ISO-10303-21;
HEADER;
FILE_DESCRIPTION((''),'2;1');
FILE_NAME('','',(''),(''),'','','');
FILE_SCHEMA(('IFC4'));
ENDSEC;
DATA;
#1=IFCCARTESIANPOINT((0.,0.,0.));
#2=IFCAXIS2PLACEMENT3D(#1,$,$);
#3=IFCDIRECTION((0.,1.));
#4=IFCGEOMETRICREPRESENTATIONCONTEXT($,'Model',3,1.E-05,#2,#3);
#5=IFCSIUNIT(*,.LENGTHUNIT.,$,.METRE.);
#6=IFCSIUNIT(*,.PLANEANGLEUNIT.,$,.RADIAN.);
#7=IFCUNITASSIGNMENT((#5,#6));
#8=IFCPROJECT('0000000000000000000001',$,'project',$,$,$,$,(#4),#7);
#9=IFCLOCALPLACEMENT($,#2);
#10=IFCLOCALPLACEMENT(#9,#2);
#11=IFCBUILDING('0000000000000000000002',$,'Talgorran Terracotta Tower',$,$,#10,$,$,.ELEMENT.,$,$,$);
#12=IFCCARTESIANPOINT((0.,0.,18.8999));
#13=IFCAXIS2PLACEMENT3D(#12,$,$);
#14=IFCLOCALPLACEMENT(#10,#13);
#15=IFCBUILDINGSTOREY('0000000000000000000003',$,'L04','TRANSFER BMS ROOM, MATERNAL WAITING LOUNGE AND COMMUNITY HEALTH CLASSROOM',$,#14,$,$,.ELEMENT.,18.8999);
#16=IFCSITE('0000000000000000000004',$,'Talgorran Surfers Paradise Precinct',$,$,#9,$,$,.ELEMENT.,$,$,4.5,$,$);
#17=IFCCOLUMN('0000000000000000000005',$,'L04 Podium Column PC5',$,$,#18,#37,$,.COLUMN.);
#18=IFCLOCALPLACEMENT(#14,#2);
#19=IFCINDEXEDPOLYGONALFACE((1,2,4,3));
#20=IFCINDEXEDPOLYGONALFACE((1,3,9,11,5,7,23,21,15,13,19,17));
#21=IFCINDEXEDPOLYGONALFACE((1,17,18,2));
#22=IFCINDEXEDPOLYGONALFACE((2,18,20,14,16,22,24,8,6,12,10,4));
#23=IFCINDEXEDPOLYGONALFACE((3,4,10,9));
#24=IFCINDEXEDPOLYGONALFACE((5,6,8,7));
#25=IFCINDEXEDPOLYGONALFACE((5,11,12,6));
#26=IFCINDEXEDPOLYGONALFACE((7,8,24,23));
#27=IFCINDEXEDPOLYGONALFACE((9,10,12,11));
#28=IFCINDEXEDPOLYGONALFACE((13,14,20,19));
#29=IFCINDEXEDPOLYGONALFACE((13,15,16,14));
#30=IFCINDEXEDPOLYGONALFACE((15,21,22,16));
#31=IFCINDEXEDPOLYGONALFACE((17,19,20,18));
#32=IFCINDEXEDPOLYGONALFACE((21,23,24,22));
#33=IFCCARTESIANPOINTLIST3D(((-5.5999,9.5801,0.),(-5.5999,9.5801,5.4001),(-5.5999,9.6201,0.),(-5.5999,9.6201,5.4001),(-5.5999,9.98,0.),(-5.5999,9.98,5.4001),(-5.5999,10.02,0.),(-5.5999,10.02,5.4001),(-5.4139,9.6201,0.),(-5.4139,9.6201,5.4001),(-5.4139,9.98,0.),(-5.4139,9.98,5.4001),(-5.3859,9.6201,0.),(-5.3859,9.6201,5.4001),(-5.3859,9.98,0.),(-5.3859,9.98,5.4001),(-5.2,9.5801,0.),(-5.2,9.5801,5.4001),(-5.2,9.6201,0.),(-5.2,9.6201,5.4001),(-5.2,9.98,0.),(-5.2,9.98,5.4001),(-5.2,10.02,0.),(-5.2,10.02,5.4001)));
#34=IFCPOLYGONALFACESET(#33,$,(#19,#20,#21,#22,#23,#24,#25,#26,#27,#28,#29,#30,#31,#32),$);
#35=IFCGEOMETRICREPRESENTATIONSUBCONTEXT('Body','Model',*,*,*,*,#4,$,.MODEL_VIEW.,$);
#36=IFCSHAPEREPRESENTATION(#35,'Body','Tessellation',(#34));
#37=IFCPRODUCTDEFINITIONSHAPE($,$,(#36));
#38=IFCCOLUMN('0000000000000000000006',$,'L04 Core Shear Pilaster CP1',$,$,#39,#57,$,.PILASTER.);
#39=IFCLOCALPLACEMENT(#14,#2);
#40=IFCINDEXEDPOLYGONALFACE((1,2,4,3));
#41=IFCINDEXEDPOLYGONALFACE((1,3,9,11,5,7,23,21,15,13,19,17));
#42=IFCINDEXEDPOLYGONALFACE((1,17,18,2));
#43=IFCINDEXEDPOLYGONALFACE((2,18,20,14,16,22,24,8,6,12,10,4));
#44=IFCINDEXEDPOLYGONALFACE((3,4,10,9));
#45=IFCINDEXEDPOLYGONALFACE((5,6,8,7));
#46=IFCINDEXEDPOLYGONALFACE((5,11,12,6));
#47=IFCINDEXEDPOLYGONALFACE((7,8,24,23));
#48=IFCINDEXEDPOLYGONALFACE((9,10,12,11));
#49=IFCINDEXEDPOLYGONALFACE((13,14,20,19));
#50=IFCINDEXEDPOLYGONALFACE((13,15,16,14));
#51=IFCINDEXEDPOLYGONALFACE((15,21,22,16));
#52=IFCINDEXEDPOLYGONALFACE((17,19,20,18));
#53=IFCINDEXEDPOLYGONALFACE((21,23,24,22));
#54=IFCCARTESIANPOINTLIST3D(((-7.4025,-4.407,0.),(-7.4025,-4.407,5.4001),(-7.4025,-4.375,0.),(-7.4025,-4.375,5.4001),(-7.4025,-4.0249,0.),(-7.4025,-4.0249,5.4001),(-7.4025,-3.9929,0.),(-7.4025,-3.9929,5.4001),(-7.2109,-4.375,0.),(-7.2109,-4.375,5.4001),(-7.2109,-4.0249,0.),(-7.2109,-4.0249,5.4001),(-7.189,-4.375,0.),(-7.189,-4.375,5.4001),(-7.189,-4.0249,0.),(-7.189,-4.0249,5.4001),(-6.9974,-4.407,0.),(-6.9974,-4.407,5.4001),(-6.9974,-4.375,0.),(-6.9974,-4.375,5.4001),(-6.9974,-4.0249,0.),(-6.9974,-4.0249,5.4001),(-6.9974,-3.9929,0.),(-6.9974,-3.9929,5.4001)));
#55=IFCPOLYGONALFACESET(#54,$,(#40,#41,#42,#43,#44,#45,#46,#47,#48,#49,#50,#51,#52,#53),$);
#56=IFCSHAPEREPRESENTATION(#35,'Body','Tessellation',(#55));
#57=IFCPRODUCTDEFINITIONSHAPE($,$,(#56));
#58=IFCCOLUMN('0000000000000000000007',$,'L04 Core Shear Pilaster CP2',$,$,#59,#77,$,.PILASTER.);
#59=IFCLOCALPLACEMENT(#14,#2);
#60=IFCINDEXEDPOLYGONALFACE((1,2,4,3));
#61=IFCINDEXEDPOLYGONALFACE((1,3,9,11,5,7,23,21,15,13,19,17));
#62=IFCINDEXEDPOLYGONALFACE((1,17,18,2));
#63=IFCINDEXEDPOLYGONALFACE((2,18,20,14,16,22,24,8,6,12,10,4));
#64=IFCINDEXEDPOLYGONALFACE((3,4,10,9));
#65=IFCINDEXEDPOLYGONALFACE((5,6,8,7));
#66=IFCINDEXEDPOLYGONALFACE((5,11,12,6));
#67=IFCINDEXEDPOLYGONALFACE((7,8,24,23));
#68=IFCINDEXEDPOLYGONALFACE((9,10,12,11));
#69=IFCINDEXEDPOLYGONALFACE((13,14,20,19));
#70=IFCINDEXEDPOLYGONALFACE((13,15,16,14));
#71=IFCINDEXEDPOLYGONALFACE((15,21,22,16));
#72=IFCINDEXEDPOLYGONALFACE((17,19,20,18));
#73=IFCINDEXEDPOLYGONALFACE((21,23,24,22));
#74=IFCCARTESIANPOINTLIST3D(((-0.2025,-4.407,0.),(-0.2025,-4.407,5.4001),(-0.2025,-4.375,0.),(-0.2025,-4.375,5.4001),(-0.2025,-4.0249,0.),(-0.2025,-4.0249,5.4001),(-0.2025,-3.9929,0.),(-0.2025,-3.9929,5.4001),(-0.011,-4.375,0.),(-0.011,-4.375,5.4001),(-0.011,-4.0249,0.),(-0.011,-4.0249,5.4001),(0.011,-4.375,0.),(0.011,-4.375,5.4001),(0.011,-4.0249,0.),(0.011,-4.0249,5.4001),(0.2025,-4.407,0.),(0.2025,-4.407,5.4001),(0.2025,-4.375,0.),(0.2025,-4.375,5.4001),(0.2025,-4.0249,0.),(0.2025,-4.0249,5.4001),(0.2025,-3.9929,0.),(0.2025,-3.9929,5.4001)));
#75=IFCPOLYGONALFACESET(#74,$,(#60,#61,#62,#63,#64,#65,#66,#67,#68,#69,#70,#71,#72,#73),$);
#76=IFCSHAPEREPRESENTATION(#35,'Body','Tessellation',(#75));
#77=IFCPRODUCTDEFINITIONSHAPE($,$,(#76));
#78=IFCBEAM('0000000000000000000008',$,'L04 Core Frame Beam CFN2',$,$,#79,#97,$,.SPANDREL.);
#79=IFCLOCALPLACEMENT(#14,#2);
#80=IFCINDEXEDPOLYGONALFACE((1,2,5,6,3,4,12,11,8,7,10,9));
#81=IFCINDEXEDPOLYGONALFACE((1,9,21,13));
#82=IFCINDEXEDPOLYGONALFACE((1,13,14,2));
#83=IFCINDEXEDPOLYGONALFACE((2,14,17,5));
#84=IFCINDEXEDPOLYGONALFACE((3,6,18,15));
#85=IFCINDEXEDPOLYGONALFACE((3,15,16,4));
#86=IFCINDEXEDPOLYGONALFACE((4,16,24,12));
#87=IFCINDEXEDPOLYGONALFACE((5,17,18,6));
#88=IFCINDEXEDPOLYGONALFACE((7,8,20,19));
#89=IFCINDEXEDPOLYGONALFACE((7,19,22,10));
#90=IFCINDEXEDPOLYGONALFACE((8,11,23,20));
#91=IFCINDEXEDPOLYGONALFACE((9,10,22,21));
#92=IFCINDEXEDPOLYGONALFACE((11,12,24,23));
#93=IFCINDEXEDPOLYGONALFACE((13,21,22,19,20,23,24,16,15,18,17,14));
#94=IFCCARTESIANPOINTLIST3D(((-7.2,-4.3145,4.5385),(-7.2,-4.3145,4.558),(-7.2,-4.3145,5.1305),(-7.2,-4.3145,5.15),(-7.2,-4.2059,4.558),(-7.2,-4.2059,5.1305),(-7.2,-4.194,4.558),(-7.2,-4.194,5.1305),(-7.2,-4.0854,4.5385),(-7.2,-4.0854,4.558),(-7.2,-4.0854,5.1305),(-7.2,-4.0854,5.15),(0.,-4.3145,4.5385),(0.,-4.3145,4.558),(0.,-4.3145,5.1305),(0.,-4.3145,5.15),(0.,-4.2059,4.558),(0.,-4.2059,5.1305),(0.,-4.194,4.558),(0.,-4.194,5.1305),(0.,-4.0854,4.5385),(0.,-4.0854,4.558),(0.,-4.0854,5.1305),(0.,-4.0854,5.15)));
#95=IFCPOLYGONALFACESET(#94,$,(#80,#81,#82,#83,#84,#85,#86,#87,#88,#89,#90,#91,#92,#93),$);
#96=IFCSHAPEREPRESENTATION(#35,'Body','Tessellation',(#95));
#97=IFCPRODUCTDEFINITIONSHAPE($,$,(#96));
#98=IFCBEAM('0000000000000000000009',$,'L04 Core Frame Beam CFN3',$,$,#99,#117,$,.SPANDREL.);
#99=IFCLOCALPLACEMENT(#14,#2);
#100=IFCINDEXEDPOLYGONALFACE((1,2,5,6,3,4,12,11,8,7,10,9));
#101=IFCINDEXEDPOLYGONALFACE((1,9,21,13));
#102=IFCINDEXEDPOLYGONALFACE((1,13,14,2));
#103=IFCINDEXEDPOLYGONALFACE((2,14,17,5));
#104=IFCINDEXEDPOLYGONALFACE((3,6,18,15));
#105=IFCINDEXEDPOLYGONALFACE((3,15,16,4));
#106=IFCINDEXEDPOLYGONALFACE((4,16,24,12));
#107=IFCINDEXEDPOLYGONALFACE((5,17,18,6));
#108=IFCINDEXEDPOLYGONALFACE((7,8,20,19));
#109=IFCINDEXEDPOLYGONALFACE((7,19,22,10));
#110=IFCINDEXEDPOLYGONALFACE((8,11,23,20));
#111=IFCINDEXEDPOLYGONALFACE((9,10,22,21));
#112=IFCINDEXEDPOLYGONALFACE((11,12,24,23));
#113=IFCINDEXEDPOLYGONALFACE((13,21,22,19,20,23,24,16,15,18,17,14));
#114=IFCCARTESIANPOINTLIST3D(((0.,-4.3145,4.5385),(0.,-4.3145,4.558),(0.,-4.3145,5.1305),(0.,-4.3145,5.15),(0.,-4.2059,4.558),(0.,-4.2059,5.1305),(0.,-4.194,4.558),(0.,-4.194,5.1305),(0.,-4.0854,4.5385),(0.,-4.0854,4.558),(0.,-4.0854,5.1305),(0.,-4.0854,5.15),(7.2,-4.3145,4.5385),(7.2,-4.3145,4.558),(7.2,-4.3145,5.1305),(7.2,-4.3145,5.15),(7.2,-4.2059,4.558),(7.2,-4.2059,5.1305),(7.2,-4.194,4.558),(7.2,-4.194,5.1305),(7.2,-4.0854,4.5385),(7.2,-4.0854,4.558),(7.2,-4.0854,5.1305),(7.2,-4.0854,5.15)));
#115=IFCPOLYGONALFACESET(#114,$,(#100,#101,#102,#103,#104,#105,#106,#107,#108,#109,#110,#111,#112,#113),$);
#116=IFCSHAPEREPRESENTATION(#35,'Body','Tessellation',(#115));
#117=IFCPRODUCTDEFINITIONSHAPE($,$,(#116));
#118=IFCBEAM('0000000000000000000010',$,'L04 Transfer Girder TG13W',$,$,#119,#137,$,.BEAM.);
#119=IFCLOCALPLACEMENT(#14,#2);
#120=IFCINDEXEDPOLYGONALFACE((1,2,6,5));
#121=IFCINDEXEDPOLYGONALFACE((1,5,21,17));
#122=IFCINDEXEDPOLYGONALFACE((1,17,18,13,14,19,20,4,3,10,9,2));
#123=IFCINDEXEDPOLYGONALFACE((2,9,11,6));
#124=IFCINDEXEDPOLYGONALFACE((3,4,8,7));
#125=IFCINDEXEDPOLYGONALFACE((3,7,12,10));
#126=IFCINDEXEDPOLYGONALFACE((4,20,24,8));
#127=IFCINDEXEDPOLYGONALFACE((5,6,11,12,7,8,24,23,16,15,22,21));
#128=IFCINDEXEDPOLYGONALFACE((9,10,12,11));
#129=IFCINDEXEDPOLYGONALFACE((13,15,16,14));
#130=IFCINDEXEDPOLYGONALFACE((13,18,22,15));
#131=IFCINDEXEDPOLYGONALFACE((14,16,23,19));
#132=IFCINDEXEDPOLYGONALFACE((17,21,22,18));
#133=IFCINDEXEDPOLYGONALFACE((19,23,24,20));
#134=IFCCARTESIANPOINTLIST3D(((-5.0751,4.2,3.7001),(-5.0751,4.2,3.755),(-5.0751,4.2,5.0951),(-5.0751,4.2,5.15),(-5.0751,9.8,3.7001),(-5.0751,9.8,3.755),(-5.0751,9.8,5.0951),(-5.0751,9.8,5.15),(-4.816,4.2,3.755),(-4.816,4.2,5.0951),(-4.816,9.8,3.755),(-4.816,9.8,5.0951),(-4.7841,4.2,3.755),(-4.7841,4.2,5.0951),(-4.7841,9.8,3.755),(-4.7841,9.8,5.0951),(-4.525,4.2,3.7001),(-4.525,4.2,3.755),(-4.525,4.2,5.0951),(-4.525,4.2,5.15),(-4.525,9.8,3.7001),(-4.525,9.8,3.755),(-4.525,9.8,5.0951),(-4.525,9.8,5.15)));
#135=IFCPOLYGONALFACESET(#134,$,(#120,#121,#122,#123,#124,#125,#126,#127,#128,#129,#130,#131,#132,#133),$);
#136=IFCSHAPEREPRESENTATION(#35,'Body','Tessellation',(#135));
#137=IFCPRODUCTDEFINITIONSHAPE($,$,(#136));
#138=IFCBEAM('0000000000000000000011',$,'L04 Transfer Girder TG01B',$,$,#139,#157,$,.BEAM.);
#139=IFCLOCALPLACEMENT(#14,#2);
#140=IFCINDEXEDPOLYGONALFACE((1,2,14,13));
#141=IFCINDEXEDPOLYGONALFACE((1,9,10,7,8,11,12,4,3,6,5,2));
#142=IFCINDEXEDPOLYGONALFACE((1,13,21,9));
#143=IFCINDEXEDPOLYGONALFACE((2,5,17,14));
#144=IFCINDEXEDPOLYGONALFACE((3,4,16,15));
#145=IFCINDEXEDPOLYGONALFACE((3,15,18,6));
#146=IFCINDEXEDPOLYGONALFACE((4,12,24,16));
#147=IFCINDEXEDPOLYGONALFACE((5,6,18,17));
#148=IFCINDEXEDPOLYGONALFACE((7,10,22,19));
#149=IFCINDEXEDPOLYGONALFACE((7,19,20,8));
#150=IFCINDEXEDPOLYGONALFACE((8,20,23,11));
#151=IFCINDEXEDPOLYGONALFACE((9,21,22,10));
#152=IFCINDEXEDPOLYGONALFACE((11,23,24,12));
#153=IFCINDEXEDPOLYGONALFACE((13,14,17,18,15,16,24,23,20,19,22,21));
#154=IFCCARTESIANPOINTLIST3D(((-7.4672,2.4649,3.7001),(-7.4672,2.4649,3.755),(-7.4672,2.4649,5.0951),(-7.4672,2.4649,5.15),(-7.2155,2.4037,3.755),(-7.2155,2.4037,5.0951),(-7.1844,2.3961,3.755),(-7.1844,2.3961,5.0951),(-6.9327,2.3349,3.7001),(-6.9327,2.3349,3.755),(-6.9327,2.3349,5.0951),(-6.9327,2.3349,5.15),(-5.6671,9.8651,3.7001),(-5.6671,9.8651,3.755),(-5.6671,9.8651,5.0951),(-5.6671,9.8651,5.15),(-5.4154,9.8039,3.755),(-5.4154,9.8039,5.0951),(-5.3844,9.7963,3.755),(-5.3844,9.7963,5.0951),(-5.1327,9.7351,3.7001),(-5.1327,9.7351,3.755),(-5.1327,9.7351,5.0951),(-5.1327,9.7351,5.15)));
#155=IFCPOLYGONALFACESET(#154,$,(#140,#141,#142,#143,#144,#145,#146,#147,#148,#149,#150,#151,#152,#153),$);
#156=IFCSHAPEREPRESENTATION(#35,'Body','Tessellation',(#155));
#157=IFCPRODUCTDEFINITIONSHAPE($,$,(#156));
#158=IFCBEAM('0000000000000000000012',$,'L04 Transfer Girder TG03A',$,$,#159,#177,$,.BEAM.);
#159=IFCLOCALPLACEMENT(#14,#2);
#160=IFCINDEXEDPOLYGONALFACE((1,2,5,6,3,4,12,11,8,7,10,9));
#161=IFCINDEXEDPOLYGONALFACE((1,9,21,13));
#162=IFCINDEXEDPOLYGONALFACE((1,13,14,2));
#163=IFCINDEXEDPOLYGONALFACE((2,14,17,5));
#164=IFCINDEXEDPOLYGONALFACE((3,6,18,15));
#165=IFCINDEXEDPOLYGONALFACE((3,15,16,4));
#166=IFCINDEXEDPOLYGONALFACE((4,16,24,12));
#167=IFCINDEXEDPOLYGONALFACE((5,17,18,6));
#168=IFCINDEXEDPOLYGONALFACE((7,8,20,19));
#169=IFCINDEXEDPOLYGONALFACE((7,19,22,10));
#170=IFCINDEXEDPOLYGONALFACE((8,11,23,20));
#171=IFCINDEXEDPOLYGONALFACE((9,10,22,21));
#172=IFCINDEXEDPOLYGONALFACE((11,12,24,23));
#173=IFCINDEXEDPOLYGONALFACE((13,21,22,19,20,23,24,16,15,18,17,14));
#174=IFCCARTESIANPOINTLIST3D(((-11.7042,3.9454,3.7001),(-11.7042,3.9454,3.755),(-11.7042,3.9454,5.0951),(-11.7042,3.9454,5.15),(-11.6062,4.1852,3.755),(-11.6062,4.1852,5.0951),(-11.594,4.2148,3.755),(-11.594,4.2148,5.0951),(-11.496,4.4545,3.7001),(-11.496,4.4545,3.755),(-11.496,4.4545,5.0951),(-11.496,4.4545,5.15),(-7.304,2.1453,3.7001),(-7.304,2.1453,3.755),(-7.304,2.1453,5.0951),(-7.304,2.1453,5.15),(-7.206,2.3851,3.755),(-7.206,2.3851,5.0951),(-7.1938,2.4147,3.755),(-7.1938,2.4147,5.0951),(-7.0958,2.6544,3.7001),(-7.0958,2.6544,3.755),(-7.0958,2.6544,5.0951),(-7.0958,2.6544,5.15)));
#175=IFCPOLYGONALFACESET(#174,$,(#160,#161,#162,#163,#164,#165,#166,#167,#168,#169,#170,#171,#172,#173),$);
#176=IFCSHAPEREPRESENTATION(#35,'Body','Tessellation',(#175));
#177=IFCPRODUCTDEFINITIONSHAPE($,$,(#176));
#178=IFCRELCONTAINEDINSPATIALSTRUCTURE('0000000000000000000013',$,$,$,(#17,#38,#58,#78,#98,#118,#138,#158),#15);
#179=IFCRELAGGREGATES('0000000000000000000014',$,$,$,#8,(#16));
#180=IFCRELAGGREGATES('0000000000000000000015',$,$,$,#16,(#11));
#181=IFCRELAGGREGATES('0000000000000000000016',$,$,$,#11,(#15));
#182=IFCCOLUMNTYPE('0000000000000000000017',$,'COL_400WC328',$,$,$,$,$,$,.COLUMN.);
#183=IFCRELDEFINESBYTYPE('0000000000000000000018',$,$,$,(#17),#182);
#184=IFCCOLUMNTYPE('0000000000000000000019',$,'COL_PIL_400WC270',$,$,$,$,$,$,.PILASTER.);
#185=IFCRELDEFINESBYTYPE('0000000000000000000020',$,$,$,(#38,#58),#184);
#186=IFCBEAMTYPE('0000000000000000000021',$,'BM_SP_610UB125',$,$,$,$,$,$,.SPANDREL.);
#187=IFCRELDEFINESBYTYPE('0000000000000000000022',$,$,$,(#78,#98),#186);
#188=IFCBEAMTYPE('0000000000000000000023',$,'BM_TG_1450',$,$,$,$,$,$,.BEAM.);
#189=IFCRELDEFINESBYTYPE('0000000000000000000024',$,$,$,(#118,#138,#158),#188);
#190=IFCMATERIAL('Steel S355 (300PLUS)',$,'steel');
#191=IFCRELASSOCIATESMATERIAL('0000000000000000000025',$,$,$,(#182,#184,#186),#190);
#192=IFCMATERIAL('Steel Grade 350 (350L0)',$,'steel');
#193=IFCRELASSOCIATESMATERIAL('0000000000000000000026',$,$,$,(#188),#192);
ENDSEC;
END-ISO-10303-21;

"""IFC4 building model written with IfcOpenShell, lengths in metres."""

from ifc_helpers import new_model, si_unit, direction, frame, origin, origin_2d, place, context, subcontext, project, spatial, i_section, extrude, material, material_profile, profile_set, type_object, element, save


model = new_model("IFC4")

# Units and contexts
model_context = context("Model", 3, precision=1e-05, world=origin(), true_north=direction((0.0, 1.0)))
body_context = subcontext(model_context, "Body", "Model", "MODEL_VIEW")
ifc_project = project(units=[si_unit("LENGTHUNIT", "METRE"), si_unit("PLANEANGLEUNIT", "RADIAN")], contexts=[model_context])

# Site, building, storey
site_placement = place(None, origin())
site = spatial("IfcSite", under=ifc_project, at=site_placement, Name="Talgorran Surfers Paradise Precinct", CompositionType="ELEMENT", RefElevation=4.5)
building_placement = place(site_placement, origin())
building = spatial("IfcBuilding", under=site, at=building_placement, Name="Talgorran Terracotta Tower", CompositionType="ELEMENT")
storey_placement = place(building_placement, frame((0.0, 0.0, 18.8999)))
storey = spatial("IfcBuildingStorey", under=building, at=storey_placement, Name="L04", Description="TRANSFER BMS ROOM, MATERNAL WAITING LOUNGE AND COMMUNITY HEALTH CLASSROOM", CompositionType="ELEMENT", Elevation=18.8999)

# Columns
ifc_material_1 = material(Name="Steel S355 (300PLUS)", Category="steel")
ifc_material_profile_1 = material_profile(ifc_material_1, i_section(OverallWidth=0.3999, OverallDepth=0.4399, WebThickness=0.0281, FlangeThickness=0.04, at=origin_2d()), Name="400WC328")
ifc_profile_set_1 = profile_set([ifc_material_profile_1], Name="Steel S355 (300PLUS)")
column_type_1 = type_object("IfcColumnType", Name="COL_400WC328", PredefinedType="COLUMN", material=ifc_profile_set_1)
column_placement = place(storey_placement, frame((-5.3999, 9.8, 0.0), z_axis=(0.0, 0.0, 1.0), x_axis=(1.0, 0.0, 0.0)))
element("IfcColumn", 1, at=column_placement, inside=storey, type_object=column_type_1, Name="L04 Podium Column PC5", PredefinedType="COLUMN", context=body_context, shape_type="SweptSolid", body=[
    extrude(i_section(OverallWidth=0.3999, OverallDepth=0.4399, WebThickness=0.0281, FlangeThickness=0.04, at=origin_2d()), origin(), (0.0, 0.0, 1.0), 5.4001),
])
ifc_material_profile_2 = material_profile(ifc_material_1, i_section(OverallWidth=0.405, OverallDepth=0.4141, WebThickness=0.022, FlangeThickness=0.032, at=origin_2d()), Name="400WC270")
ifc_profile_set_2 = profile_set([ifc_material_profile_2], Name="Steel S355 (300PLUS)")
column_type_2 = type_object("IfcColumnType", Name="COL_PIL_400WC270", PredefinedType="PILASTER", material=ifc_profile_set_2)
for number, where, z_axis, x_axis, name in (
    (2, (-7.2, -4.2, 0.0), (0.0, 0.0, 1.0), (1.0, 0.0, 0.0), "L04 Core Shear Pilaster CP1"),
    (3, (0.0, -4.2, 0.0), (0.0, 0.0, 1.0), (1.0, 0.0, 0.0), "L04 Core Shear Pilaster CP2"),
):
    element("IfcColumn", number, at=place(storey_placement, frame(where, z_axis=z_axis, x_axis=x_axis)), inside=storey, type_object=column_type_2, Name=name, PredefinedType="PILASTER", context=body_context, shape_type="SweptSolid", body=[
        extrude(i_section(OverallWidth=0.405, OverallDepth=0.4141, WebThickness=0.022, FlangeThickness=0.032, at=origin_2d()), origin(), (0.0, 0.0, 1.0), 5.4001),
    ])

# Beams
ifc_material_profile_3 = material_profile(ifc_material_1, i_section(OverallWidth=0.229, OverallDepth=0.6116, WebThickness=0.012, FlangeThickness=0.0195, at=origin_2d()), Name="610UB125")
ifc_profile_set_3 = profile_set([ifc_material_profile_3], Name="Steel S355 (300PLUS)")
beam_type_1 = type_object("IfcBeamType", Name="BM_SP_610UB125", PredefinedType="SPANDREL", material=ifc_profile_set_3)
for number, where, z_axis, x_axis, name in (
    (4, (-7.2, -4.2, 4.8442), (1.0, 0.0, 0.0), (0.0, 1.0, 0.0), "L04 Core Frame Beam CFN2"),
    (5, (0.0, -4.2, 4.8442), (1.0, 0.0, 0.0), (0.0, 1.0, 0.0), "L04 Core Frame Beam CFN3"),
):
    element("IfcBeam", number, at=place(storey_placement, frame(where, z_axis=z_axis, x_axis=x_axis)), inside=storey, type_object=beam_type_1, Name=name, PredefinedType="SPANDREL", context=body_context, shape_type="SweptSolid", body=[
        extrude(i_section(OverallWidth=0.229, OverallDepth=0.6116, WebThickness=0.012, FlangeThickness=0.0195, at=origin_2d()), origin(), (0.0, 0.0, 1.0), 7.2),
    ])
ifc_material_2 = material(Name="Steel Grade 350 (350L0)", Category="steel")
ifc_material_profile_4 = material_profile(ifc_material_2, i_section(OverallWidth=0.55, OverallDepth=1.45, WebThickness=0.032, FlangeThickness=0.0549, at=origin_2d()), Name="TG1450X550")
ifc_profile_set_4 = profile_set([ifc_material_profile_4], Name="Steel Grade 350 (350L0)")
beam_type_2 = type_object("IfcBeamType", Name="BM_TG_1450", PredefinedType="BEAM", material=ifc_profile_set_4)
beam_1_placement = place(storey_placement, frame((-4.8, 4.2, 4.425), z_axis=(0.0, 1.0, 0.0), x_axis=(-1.0, 0.0, 0.0)))
element("IfcBeam", 6, at=beam_1_placement, inside=storey, type_object=beam_type_2, Name="L04 Transfer Girder TG13W", PredefinedType="BEAM", context=body_context, shape_type="SweptSolid", body=[
    extrude(i_section(OverallWidth=0.55, OverallDepth=1.45, WebThickness=0.032, FlangeThickness=0.0549, at=origin_2d()), origin(), (0.0, 0.0, 1.0), 5.6001),
])
beam_2_placement = place(storey_placement, frame((-7.2, 2.3999, 4.425), z_axis=(0.236353, 0.971667, 0.0), x_axis=(-0.971667, 0.236353, 0.0)))
element("IfcBeam", 7, at=beam_2_placement, inside=storey, type_object=beam_type_2, Name="L04 Transfer Girder TG01B", PredefinedType="BEAM", context=body_context, shape_type="SweptSolid", body=[
    extrude(i_section(OverallWidth=0.55, OverallDepth=1.45, WebThickness=0.032, FlangeThickness=0.0549, at=origin_2d()), origin(), (0.0, 0.0, 1.0), 7.616),
])
beam_3_placement = place(storey_placement, frame((-11.6001, 4.2, 4.425), z_axis=(0.925548, -0.378631, 0.0), x_axis=(0.378631, 0.925548, 0.0)))
element("IfcBeam", 8, at=beam_3_placement, inside=storey, type_object=beam_type_2, Name="L04 Transfer Girder TG03A", PredefinedType="BEAM", context=body_context, shape_type="SweptSolid", body=[
    extrude(i_section(OverallWidth=0.55, OverallDepth=1.45, WebThickness=0.032, FlangeThickness=0.0549, at=origin_2d()), origin(), (0.0, 0.0, 1.0), 4.7542),
])

save(model, "model.ifc")
